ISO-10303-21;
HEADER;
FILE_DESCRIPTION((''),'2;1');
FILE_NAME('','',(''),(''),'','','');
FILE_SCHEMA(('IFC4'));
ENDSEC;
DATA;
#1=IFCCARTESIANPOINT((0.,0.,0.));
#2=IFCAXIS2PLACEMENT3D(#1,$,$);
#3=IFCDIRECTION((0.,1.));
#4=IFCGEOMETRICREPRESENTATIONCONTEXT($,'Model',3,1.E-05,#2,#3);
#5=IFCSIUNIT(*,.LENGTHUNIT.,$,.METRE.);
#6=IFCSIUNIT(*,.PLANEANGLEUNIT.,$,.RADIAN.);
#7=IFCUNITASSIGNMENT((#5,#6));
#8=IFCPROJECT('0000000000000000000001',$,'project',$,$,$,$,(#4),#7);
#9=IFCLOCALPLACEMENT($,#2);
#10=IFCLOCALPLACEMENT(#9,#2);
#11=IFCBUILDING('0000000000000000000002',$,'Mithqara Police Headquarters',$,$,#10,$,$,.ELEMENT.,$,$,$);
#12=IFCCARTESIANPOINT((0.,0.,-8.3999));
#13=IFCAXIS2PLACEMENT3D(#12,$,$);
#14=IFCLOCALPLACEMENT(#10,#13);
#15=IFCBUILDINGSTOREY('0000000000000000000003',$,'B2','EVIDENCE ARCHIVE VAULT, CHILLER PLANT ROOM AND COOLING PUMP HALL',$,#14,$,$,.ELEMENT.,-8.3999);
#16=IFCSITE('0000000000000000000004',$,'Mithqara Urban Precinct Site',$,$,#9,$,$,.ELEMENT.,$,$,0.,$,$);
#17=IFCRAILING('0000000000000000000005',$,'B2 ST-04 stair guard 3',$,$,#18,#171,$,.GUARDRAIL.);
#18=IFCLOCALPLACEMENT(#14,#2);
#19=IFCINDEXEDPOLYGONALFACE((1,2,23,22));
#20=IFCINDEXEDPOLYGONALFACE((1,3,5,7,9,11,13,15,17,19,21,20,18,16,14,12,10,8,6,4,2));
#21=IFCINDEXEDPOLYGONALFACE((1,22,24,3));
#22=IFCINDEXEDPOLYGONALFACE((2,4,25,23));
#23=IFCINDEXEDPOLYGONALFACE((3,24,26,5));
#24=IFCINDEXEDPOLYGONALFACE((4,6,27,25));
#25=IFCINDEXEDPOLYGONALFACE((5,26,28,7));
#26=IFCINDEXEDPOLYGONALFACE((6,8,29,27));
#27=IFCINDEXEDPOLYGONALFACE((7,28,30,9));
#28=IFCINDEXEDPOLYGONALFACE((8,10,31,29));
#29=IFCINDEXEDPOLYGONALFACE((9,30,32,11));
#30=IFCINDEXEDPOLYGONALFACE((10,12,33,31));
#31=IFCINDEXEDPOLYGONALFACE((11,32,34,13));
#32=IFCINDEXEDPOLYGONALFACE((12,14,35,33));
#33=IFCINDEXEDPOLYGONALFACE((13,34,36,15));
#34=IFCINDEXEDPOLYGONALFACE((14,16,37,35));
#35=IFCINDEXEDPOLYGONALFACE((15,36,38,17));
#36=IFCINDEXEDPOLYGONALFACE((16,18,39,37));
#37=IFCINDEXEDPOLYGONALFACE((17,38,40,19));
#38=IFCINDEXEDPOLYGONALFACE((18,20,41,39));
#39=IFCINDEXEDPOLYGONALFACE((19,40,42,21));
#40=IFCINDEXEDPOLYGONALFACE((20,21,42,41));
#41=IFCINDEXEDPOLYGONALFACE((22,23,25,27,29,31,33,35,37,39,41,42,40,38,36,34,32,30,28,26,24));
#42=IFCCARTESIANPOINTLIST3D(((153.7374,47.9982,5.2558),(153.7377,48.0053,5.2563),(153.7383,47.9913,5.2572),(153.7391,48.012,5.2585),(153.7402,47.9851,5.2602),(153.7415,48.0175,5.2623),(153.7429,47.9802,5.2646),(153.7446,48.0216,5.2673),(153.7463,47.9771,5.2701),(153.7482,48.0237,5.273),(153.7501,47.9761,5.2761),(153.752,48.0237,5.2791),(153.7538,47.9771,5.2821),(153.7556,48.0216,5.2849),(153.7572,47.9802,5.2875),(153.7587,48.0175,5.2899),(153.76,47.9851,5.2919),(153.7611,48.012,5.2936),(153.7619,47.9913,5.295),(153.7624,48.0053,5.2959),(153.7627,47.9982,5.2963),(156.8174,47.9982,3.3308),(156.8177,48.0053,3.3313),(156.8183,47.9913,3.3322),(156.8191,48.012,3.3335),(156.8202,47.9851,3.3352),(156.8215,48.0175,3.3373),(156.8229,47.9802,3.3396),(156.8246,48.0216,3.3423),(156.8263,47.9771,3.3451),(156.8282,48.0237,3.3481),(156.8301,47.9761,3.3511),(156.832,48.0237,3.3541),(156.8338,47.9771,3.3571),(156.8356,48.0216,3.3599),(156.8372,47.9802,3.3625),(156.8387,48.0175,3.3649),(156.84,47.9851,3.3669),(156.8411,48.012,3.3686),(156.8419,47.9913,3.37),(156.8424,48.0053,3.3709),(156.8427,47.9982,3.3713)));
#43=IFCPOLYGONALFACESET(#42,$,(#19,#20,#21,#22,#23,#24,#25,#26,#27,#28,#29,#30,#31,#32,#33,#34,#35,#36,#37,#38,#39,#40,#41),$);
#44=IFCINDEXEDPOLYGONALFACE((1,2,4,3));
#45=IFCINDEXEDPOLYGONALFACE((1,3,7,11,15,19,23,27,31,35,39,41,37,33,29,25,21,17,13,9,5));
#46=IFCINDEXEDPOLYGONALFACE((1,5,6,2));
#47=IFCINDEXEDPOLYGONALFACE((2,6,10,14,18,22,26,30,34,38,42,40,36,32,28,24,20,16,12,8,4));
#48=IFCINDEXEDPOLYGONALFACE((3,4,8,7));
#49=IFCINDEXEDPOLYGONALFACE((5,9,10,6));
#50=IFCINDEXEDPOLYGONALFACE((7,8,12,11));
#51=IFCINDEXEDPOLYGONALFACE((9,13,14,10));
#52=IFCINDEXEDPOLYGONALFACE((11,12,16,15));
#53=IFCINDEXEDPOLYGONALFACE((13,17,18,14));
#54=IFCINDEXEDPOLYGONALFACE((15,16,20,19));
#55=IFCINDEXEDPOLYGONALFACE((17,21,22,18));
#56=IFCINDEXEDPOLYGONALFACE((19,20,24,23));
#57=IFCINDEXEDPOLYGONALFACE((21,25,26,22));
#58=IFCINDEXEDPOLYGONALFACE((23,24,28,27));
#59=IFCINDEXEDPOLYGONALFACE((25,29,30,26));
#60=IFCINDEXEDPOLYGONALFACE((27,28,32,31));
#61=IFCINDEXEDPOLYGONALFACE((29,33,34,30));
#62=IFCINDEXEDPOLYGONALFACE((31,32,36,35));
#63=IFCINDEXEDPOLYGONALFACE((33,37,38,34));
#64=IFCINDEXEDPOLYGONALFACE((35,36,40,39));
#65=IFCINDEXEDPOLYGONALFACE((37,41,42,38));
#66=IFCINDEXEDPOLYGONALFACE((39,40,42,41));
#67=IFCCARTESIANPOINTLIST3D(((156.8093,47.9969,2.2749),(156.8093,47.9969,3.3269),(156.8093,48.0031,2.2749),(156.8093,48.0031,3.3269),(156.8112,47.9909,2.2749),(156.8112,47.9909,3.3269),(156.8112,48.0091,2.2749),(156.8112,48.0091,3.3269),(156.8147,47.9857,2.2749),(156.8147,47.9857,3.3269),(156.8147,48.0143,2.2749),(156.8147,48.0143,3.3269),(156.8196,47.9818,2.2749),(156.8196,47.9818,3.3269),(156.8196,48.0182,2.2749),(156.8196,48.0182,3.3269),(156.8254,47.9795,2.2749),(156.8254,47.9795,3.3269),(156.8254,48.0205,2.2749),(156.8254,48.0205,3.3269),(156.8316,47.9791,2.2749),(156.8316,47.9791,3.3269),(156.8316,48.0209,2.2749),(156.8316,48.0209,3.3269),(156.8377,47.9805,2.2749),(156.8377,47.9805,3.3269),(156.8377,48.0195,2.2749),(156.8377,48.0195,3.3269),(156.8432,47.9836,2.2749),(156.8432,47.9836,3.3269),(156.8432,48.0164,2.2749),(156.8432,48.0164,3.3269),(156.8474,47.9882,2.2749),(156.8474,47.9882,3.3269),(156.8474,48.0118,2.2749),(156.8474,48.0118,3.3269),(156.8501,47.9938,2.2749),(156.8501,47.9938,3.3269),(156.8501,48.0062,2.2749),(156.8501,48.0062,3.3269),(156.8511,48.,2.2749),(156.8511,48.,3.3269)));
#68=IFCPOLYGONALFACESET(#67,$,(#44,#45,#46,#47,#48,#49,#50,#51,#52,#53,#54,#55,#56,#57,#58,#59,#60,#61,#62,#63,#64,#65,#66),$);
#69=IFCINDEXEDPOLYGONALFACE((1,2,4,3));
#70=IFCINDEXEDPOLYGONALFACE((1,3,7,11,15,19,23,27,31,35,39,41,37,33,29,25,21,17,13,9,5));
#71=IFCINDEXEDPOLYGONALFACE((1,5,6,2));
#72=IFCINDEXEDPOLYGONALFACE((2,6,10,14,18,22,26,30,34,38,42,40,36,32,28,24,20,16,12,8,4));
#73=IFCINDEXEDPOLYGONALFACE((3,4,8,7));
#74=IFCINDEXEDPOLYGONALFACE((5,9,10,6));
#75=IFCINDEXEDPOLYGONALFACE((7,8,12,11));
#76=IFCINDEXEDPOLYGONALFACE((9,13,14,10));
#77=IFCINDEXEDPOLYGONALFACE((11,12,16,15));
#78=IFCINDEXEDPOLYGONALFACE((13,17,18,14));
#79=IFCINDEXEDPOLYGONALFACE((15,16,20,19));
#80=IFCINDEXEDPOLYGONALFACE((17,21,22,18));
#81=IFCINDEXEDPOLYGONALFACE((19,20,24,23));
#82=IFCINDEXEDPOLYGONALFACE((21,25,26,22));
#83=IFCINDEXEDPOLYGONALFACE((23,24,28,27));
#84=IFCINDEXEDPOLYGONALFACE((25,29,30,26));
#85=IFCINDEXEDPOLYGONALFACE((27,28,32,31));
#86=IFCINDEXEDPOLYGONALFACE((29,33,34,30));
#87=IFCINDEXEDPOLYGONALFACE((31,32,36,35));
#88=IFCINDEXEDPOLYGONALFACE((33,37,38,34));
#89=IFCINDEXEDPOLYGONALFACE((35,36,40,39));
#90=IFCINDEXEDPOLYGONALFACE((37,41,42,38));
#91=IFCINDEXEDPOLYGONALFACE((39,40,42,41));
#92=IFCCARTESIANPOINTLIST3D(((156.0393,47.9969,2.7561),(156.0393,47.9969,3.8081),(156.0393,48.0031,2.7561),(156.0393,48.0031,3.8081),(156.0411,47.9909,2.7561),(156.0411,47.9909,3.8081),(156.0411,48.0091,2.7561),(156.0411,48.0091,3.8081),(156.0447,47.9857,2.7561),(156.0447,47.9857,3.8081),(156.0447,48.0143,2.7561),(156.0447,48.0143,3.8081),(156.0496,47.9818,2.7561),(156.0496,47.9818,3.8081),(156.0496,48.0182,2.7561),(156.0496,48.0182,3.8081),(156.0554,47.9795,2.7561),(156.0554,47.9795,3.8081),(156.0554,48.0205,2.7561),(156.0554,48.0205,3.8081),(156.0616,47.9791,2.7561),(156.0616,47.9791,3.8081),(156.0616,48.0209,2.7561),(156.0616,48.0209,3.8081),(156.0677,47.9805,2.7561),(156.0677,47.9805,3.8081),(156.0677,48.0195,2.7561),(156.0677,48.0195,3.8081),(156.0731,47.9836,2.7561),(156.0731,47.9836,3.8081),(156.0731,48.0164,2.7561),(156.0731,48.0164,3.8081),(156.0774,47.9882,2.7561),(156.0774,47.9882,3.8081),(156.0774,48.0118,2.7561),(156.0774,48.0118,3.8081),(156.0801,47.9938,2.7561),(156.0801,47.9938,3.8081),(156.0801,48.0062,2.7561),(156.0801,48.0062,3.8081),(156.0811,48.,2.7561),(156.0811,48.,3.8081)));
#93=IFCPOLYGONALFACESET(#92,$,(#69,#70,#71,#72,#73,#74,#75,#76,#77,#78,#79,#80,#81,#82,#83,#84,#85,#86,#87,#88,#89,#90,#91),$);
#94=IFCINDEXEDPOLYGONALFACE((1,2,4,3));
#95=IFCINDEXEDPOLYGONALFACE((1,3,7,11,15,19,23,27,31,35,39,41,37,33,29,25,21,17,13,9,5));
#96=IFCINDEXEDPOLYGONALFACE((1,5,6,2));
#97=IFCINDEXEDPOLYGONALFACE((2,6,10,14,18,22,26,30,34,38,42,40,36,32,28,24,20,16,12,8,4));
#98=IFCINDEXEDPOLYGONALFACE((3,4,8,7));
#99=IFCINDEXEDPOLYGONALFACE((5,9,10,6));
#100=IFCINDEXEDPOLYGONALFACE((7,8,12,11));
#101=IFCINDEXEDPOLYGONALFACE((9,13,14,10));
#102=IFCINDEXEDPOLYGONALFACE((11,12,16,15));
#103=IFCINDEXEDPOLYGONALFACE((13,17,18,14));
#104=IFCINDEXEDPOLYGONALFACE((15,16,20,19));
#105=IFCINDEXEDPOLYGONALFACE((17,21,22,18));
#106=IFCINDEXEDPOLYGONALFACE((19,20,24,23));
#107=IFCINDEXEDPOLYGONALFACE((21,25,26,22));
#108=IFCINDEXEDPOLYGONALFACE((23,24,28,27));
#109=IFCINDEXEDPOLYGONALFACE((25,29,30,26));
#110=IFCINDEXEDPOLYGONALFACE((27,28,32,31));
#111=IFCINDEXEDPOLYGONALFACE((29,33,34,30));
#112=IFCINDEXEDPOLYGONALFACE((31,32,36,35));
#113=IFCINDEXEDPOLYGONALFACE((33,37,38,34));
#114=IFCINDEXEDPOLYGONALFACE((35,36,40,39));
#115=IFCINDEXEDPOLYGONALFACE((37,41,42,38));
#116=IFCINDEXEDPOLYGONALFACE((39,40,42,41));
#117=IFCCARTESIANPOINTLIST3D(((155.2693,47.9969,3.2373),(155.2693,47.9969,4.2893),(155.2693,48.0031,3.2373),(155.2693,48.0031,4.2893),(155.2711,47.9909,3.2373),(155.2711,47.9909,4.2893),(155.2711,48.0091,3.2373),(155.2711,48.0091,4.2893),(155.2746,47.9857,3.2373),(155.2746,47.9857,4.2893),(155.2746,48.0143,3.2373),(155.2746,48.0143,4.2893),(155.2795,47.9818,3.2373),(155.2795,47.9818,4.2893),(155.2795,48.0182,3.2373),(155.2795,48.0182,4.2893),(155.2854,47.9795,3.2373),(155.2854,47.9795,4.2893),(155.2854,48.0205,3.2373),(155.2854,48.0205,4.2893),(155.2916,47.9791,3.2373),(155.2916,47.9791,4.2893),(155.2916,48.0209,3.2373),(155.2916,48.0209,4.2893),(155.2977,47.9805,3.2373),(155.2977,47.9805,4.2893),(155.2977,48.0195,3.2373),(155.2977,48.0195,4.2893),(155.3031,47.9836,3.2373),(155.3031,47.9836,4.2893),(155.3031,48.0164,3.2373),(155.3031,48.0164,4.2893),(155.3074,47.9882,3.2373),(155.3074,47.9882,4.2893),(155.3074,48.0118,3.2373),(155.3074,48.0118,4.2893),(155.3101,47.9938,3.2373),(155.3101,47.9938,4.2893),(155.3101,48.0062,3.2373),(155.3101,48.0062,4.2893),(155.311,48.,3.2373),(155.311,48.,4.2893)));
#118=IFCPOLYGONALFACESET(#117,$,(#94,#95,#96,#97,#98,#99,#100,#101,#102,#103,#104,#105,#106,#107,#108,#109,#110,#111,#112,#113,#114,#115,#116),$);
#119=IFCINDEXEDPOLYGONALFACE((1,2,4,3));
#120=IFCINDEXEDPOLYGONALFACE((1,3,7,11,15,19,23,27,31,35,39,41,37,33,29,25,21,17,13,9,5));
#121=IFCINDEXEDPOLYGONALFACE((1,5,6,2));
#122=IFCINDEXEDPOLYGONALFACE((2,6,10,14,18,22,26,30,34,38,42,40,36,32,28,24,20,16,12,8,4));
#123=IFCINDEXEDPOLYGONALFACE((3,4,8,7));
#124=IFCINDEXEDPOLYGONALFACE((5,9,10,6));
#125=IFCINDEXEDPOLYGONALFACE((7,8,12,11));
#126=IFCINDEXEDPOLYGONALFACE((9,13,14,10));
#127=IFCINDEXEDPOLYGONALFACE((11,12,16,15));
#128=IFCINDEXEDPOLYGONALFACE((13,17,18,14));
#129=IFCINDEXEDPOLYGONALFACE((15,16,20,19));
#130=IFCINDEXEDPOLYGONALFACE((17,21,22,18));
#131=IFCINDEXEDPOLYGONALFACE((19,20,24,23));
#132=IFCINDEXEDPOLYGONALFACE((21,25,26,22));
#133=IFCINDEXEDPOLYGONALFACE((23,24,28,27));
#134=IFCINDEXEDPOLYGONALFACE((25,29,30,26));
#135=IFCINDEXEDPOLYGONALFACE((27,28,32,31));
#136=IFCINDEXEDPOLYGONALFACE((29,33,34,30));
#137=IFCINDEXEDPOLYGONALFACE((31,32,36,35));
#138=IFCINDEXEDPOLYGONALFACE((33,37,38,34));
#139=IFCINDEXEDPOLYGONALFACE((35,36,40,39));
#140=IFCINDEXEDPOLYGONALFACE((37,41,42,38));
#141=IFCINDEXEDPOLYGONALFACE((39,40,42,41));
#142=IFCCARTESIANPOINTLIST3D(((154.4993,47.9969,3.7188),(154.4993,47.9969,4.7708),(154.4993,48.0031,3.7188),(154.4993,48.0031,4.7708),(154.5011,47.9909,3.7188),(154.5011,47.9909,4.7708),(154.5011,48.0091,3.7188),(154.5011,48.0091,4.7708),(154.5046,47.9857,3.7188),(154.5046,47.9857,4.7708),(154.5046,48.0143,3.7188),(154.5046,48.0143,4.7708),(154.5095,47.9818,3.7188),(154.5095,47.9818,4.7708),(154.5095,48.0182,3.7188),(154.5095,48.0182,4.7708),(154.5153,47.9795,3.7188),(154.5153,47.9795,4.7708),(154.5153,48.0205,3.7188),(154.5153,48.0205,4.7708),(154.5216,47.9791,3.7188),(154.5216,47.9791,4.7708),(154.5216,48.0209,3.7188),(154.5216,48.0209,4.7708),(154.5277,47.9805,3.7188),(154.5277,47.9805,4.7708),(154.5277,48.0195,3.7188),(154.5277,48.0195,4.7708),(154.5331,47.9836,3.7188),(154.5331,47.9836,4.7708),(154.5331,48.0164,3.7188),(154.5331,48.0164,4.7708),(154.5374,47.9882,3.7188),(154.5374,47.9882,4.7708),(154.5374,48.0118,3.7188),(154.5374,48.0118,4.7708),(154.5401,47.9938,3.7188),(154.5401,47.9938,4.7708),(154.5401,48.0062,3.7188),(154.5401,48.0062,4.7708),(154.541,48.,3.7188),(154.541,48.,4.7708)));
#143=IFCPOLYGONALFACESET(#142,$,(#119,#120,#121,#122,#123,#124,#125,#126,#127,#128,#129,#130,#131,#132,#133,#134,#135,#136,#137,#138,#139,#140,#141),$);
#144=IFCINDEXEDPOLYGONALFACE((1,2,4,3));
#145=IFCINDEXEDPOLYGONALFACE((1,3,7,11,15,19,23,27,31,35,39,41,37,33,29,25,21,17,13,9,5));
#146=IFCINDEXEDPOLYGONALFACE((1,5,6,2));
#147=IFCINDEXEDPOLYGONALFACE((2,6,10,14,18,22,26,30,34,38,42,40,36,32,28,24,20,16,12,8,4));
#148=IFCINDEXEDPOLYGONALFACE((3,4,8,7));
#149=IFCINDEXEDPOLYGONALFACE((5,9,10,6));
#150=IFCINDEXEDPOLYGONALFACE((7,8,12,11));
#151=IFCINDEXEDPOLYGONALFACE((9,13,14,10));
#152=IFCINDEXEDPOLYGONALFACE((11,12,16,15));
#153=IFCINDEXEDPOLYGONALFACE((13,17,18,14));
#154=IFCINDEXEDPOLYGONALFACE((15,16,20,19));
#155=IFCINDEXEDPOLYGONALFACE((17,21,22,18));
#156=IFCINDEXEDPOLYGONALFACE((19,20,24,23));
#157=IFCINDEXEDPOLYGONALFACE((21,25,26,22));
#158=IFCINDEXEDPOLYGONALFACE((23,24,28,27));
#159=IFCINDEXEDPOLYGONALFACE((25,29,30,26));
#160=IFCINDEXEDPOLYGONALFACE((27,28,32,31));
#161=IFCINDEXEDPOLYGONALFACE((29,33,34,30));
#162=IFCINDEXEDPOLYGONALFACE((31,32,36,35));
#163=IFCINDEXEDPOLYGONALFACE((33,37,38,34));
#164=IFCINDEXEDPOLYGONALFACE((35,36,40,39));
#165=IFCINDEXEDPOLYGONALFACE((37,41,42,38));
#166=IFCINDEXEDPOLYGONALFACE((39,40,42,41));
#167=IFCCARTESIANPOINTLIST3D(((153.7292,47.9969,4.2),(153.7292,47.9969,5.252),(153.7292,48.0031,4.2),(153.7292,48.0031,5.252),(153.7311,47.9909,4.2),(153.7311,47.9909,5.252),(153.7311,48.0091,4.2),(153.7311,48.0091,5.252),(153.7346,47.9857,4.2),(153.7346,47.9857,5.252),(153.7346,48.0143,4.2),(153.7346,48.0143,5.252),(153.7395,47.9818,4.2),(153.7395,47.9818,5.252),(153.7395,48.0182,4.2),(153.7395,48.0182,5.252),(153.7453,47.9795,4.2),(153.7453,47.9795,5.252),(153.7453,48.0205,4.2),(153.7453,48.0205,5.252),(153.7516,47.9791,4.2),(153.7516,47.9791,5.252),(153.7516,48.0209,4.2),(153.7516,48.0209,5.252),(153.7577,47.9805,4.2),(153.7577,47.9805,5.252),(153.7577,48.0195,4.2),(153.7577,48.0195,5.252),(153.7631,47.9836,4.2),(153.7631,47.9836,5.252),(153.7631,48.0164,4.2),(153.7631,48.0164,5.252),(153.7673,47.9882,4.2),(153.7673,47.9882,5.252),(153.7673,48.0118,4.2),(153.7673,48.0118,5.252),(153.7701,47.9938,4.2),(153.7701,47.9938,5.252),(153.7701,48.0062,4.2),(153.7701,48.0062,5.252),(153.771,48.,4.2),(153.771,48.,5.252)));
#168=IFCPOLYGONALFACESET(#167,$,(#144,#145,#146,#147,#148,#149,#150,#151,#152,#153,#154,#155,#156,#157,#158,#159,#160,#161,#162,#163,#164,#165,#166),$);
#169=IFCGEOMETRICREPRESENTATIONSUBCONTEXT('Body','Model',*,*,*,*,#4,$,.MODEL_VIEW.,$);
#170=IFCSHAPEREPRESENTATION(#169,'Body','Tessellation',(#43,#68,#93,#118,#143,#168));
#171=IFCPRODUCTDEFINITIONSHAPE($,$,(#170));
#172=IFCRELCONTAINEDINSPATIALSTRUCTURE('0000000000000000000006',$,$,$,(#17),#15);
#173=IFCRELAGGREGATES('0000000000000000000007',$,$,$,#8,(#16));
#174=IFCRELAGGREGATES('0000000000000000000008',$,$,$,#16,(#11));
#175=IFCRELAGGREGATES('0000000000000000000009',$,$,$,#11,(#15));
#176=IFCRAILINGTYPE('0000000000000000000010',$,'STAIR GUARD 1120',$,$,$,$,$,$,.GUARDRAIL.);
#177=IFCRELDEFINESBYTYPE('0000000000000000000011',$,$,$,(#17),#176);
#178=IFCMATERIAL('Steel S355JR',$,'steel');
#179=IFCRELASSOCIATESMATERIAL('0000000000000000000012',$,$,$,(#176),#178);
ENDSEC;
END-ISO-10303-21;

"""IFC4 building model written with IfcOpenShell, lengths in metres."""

from ifc_helpers import new_model, si_unit, direction, frame, origin, origin_2d, place, context, subcontext, project, spatial, circle, extrude, material, type_object, element, save


model = new_model("IFC4")

# Units and contexts
model_context = context("Model", 3, precision=1e-05, world=origin(), true_north=direction((0.0, 1.0)))
body_context = subcontext(model_context, "Body", "Model", "MODEL_VIEW")
ifc_project = project(units=[si_unit("LENGTHUNIT", "METRE"), si_unit("PLANEANGLEUNIT", "RADIAN")], contexts=[model_context])

# Site, building, storey
site_placement = place(None, origin())
site = spatial("IfcSite", under=ifc_project, at=site_placement, Name="Mithqara Urban Precinct Site", CompositionType="ELEMENT", RefElevation=0.0)
building_placement = place(site_placement, origin())
building = spatial("IfcBuilding", under=site, at=building_placement, Name="Mithqara Police Headquarters", CompositionType="ELEMENT")
storey_placement = place(building_placement, frame((0.0, 0.0, -8.3999)))
storey = spatial("IfcBuildingStorey", under=building, at=storey_placement, Name="B2", Description="EVIDENCE ARCHIVE VAULT, CHILLER PLANT ROOM AND COOLING PUMP HALL", CompositionType="ELEMENT", Elevation=-8.3999)

# Railing
ifc_material_1 = material(Name="Steel S355JR", Category="steel")
railing_type_1 = type_object("IfcRailingType", Name="STAIR GUARD 1120", PredefinedType="GUARDRAIL", material=ifc_material_1)
railing_1_placement = place(storey_placement, frame((156.8301, 48.0, 2.2749)))
element("IfcRailing", 1, at=railing_1_placement, inside=storey, type_object=railing_type_1, Name="B2 ST-04 stair guard 3", PredefinedType="GUARDRAIL", context=body_context, shape_type="SweptSolid", body=[
    extrude(circle(Radius=0.0239, at=origin_2d()), frame((0.0, 0.0, 1.0762), z_axis=(-0.847998, 0.0, 0.529999), x_axis=(0.0, -1.0, 0.0)), (0.0, 0.0, 1.0), 3.6321),
    extrude(circle(Radius=0.021, at=origin_2d()), origin(), (0.0, 0.0, 1.0), 1.052),
    extrude(circle(Radius=0.021, at=origin_2d()), frame((-0.77, 0.0, 0.4812)), (0.0, 0.0, 1.0), 1.052),
    extrude(circle(Radius=0.021, at=origin_2d()), frame((-1.54, 0.0, 0.9624)), (0.0, 0.0, 1.0), 1.052),
    extrude(circle(Radius=0.021, at=origin_2d()), frame((-2.3101, 0.0, 1.4438)), (0.0, 0.0, 1.0), 1.052),
    extrude(circle(Radius=0.021, at=origin_2d()), frame((-3.0801, 0.0, 1.925)), (0.0, 0.0, 1.0), 1.052),
])

save(model, "model.ifc")
